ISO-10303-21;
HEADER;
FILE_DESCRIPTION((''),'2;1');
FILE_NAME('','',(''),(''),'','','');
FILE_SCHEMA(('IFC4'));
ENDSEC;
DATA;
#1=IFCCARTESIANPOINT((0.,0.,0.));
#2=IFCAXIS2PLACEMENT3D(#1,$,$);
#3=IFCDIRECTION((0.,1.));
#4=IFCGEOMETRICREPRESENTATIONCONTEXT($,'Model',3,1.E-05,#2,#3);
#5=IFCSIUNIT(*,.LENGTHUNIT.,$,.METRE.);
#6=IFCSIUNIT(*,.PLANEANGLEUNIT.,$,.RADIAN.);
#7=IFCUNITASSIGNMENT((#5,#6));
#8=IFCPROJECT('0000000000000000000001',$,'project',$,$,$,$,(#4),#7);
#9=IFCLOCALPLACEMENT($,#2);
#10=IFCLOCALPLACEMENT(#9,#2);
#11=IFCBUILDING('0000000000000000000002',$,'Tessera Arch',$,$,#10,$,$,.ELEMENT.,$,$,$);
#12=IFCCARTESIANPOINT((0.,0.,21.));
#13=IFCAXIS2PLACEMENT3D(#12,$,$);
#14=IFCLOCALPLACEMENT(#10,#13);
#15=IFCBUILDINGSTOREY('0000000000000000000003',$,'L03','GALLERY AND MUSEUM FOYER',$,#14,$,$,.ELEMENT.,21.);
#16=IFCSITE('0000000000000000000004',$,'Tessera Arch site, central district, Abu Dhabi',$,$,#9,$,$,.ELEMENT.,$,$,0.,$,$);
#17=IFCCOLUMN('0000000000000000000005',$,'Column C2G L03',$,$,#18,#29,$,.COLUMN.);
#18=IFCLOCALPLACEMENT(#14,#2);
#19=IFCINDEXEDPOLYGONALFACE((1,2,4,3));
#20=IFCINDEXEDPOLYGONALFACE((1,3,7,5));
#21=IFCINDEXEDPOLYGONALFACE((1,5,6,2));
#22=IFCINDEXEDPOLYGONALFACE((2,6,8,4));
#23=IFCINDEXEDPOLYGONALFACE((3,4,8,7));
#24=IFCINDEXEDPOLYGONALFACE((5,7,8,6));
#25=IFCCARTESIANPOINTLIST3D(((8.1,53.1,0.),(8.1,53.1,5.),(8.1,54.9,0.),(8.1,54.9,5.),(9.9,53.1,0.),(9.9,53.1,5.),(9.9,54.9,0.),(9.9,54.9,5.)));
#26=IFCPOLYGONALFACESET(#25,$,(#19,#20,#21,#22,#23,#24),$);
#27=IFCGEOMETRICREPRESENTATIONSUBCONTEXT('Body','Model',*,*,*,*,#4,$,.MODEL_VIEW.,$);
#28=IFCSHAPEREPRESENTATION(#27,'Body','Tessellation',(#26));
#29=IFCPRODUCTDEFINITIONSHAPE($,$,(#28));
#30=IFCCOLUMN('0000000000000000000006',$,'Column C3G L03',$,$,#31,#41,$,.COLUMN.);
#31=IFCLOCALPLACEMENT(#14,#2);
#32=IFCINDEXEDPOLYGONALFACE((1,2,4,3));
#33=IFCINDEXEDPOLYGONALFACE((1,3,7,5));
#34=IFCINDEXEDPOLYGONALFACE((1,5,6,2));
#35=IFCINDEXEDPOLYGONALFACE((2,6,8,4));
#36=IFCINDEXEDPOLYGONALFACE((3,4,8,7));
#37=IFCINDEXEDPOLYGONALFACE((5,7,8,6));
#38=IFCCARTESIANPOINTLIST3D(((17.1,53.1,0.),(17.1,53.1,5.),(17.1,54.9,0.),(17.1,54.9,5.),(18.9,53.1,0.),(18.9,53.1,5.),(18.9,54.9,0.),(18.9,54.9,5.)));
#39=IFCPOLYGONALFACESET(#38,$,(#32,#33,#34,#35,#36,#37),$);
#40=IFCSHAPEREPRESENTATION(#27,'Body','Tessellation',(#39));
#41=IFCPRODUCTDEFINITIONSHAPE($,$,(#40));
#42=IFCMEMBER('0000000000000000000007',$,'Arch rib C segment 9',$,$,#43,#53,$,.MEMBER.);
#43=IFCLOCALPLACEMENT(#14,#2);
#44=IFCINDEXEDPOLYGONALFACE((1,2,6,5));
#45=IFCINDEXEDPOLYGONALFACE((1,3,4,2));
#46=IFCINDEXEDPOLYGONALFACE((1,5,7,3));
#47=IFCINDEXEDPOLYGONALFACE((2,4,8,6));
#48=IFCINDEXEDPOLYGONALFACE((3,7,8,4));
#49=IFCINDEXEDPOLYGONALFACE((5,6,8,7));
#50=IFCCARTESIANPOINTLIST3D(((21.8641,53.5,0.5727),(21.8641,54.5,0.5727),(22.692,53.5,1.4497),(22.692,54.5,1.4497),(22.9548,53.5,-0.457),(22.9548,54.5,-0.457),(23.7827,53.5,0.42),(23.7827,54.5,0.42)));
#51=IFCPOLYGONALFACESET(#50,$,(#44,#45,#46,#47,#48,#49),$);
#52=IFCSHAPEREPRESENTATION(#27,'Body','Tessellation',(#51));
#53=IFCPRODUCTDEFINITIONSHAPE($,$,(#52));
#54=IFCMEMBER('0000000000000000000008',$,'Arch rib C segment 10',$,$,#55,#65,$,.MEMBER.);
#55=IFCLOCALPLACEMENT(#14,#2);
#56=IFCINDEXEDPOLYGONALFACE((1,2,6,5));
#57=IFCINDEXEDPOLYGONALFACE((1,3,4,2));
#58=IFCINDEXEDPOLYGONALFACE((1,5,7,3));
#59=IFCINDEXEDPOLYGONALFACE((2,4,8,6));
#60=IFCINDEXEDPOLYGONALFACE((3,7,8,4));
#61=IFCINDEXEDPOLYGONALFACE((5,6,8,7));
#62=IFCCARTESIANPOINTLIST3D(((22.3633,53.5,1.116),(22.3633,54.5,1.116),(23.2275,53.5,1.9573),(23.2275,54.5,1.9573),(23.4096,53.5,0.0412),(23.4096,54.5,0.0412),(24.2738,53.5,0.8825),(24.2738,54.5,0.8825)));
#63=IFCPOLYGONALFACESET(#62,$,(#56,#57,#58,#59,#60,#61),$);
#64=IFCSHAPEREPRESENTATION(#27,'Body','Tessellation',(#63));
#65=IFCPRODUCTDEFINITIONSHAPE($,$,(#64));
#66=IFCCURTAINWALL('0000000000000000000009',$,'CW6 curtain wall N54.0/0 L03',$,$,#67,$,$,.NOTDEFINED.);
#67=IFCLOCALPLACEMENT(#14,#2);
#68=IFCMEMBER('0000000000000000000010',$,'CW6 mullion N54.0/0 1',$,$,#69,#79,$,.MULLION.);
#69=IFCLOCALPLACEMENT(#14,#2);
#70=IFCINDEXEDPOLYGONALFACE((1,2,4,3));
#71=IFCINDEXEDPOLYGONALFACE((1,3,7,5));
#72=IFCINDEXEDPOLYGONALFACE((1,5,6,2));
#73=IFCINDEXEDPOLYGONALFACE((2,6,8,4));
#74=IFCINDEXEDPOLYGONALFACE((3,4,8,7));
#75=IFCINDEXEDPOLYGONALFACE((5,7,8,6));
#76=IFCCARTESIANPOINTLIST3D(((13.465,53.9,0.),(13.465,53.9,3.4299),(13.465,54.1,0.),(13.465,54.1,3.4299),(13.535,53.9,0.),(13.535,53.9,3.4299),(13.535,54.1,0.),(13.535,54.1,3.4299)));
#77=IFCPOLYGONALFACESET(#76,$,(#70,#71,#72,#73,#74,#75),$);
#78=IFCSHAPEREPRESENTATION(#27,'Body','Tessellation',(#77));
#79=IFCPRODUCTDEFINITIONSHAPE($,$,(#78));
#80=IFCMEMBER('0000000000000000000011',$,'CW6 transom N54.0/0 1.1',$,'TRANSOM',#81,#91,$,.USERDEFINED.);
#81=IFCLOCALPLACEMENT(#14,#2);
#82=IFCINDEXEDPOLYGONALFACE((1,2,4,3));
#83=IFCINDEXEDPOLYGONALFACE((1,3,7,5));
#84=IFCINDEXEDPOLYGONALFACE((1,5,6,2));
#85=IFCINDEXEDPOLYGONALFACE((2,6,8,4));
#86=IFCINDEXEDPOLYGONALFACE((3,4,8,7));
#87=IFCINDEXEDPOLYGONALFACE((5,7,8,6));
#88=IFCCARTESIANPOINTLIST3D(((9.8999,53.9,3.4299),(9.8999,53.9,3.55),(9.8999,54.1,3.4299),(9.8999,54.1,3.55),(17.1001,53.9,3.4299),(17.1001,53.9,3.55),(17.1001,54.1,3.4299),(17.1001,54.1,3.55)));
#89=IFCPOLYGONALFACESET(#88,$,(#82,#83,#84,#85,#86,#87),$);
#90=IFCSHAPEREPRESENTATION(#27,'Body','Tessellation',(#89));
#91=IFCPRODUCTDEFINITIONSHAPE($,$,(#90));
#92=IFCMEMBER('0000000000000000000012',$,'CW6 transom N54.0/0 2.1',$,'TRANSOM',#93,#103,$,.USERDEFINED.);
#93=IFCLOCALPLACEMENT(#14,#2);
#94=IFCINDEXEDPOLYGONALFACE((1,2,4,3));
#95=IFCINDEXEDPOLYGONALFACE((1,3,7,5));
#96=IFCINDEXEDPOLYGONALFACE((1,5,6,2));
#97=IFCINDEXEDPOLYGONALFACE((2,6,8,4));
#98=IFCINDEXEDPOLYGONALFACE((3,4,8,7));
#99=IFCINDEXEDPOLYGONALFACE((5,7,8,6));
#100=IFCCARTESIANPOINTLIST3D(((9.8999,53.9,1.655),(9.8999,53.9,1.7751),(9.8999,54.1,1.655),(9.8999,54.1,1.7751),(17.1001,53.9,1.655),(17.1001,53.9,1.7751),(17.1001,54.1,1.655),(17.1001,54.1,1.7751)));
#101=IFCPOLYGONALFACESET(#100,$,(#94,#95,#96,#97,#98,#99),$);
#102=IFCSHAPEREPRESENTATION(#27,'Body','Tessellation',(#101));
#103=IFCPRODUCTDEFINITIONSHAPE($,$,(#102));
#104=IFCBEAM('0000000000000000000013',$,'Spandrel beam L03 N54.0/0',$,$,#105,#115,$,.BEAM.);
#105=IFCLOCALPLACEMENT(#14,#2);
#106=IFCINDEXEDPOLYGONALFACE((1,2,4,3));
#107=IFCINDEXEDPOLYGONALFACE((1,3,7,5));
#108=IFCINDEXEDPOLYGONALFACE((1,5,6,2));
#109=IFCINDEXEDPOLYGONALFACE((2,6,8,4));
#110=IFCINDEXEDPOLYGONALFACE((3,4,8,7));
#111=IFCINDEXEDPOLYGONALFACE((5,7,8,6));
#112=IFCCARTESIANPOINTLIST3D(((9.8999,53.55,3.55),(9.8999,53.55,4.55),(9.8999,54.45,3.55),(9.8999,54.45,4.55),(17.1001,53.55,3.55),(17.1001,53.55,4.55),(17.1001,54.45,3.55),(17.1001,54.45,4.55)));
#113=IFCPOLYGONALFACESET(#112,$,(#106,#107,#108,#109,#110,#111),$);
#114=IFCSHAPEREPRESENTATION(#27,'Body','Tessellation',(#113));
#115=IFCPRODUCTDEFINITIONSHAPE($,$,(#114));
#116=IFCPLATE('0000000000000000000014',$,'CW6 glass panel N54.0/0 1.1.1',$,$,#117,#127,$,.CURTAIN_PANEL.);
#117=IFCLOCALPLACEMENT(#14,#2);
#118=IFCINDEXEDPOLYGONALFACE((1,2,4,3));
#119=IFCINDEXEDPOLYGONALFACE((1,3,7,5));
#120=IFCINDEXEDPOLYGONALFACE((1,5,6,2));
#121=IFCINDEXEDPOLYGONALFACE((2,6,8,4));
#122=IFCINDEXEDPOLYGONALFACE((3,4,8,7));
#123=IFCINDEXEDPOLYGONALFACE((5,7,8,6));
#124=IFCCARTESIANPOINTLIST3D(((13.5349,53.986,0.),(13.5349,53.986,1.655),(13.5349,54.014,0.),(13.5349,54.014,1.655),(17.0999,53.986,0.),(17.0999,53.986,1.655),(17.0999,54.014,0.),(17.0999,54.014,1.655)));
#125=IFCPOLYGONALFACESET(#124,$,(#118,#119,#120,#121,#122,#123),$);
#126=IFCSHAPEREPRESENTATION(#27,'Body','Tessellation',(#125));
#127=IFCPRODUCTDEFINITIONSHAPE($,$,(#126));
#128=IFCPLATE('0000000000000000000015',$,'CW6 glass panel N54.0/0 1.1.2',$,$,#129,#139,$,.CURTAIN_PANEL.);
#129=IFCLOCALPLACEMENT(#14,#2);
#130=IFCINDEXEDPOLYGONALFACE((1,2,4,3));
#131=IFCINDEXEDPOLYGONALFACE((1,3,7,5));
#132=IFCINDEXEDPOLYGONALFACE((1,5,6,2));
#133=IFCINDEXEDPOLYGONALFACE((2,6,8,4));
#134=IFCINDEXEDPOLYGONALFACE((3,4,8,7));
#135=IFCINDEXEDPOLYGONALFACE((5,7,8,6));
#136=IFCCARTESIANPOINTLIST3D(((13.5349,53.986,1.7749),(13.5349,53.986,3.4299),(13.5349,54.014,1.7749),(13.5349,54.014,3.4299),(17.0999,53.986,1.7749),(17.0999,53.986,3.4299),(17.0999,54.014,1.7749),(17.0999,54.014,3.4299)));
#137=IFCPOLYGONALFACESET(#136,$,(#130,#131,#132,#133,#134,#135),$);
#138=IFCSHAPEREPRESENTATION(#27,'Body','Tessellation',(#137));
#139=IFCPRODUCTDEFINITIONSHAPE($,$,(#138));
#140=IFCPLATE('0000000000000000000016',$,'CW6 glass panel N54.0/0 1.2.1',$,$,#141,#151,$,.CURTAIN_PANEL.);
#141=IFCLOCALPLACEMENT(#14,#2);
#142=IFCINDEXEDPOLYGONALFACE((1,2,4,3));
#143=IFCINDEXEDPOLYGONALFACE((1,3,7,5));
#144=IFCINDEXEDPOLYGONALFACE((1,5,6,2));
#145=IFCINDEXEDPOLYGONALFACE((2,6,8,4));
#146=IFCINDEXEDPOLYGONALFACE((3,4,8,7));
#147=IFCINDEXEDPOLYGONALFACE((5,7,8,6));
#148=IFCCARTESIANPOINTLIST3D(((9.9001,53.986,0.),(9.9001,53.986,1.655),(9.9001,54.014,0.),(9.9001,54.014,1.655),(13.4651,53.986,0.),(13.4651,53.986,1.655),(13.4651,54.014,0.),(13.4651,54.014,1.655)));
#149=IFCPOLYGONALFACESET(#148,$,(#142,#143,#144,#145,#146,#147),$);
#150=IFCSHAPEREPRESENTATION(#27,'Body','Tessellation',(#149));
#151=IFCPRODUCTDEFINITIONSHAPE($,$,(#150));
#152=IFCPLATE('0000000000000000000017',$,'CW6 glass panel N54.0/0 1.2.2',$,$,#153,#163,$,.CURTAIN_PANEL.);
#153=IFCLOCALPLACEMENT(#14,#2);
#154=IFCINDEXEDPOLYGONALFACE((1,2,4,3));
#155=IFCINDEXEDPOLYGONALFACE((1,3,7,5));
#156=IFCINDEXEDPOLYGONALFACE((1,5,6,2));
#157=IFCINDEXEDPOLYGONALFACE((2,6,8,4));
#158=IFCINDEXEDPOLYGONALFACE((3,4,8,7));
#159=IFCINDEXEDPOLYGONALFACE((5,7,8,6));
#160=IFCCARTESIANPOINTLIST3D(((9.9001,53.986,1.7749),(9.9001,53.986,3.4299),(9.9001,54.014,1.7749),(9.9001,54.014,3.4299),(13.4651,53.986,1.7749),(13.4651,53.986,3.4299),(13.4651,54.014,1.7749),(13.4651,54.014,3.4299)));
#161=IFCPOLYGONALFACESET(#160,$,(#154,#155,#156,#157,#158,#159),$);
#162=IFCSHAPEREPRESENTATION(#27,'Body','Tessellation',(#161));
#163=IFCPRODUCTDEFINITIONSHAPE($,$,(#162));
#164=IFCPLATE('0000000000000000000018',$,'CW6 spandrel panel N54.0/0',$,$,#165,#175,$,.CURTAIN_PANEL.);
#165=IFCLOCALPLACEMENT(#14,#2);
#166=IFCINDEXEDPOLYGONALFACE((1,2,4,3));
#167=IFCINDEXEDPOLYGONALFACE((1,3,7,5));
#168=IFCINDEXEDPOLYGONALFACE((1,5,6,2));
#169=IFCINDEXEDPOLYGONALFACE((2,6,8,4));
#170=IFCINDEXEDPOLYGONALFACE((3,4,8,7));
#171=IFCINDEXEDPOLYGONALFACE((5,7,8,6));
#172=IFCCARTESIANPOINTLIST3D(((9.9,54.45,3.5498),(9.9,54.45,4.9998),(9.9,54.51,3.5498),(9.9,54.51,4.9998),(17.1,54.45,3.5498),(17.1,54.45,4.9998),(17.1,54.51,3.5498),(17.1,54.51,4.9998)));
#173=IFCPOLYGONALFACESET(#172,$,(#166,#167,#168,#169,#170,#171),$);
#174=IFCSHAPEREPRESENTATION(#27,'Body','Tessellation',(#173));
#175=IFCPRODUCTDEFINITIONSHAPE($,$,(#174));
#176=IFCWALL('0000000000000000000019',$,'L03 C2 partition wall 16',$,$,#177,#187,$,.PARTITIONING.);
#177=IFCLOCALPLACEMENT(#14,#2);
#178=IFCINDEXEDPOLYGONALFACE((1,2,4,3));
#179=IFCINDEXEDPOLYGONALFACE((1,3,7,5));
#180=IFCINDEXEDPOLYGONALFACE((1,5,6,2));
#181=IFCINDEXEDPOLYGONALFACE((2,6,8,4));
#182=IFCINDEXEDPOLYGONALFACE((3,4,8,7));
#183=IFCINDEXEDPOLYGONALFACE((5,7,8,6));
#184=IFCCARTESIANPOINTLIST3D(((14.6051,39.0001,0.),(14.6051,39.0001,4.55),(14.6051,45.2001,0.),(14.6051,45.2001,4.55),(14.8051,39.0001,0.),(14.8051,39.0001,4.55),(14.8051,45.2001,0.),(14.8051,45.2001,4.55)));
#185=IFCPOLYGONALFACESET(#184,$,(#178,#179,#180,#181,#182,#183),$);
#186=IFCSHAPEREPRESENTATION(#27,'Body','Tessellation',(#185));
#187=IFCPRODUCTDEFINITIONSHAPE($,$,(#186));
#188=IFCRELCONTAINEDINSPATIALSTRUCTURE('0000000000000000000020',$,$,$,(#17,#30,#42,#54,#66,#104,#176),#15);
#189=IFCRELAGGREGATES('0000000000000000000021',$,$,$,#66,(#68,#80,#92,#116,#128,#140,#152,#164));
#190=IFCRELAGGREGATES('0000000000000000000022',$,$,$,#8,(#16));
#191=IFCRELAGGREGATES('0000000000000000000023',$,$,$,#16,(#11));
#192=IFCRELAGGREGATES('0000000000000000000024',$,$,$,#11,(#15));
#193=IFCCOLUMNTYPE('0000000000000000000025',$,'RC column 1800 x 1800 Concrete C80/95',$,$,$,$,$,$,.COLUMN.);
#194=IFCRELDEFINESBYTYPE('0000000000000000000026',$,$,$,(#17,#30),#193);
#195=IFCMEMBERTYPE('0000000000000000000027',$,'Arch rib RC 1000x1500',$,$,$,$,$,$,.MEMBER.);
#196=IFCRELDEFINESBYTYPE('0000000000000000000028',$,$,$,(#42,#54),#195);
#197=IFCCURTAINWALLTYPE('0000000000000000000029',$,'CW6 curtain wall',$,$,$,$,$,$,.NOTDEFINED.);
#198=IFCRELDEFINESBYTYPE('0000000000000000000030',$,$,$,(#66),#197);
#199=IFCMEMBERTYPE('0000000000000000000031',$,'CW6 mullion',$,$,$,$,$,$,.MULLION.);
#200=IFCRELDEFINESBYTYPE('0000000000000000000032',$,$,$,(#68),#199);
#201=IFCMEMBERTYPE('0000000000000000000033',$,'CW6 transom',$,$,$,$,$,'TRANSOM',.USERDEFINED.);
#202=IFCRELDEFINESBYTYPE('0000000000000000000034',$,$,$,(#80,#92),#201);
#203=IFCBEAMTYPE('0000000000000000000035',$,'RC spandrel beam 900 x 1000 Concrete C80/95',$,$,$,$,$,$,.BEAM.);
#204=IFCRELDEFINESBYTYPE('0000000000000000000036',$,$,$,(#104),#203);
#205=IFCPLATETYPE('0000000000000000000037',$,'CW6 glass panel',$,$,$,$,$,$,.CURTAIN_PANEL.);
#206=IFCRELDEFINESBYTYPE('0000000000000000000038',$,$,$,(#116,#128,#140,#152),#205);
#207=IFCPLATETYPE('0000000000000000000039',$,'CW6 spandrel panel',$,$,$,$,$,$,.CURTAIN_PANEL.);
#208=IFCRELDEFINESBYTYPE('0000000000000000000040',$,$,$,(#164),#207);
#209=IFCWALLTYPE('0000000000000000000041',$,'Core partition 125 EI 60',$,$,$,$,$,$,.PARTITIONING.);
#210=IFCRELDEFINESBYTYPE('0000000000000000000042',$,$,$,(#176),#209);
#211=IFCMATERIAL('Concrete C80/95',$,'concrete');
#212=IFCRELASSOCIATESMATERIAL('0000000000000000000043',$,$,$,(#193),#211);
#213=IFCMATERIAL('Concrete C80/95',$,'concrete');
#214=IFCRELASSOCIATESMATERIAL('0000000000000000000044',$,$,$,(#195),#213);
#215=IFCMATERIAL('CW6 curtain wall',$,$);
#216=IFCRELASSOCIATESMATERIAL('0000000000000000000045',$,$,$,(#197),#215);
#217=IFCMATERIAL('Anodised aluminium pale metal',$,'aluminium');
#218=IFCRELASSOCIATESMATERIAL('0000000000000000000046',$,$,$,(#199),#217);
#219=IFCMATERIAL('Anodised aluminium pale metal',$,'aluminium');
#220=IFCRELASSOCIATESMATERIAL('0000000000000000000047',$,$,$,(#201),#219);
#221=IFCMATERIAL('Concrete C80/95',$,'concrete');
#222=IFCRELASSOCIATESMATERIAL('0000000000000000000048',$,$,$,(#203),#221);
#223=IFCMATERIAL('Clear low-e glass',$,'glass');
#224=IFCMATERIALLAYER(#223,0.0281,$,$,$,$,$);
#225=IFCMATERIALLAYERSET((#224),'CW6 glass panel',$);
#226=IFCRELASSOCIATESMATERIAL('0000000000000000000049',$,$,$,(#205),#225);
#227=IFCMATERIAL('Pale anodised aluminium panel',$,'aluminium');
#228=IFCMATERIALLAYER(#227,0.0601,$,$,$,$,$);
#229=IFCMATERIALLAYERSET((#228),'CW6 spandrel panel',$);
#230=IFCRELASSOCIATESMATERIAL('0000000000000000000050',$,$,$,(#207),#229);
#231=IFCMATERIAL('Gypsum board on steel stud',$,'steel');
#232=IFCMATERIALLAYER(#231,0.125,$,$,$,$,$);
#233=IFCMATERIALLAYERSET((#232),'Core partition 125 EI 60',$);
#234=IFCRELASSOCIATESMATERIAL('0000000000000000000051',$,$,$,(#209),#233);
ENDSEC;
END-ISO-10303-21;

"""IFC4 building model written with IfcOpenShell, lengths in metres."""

from ifc_helpers import new_model, si_unit, direction, frame, frame_2d, origin, origin_2d, place, context, subcontext, project, spatial, rectangle, extrude, material, layer, layer_set, material_profile, profile_set, type_object, element, aggregate, save


model = new_model("IFC4")

# Units and contexts
model_context = context("Model", 3, precision=1e-05, world=origin(), true_north=direction((0.0, 1.0)))
body_context = subcontext(model_context, "Body", "Model", "MODEL_VIEW")
ifc_project = project(units=[si_unit("LENGTHUNIT", "METRE"), si_unit("PLANEANGLEUNIT", "RADIAN")], contexts=[model_context])

# Site, building, storey
site_placement = place(None, origin())
site = spatial("IfcSite", under=ifc_project, at=site_placement, Name="Tessera Arch site, central district, Abu Dhabi", CompositionType="ELEMENT", RefElevation=0.0)
building_placement = place(site_placement, origin())
building = spatial("IfcBuilding", under=site, at=building_placement, Name="Tessera Arch", CompositionType="ELEMENT")
storey_placement = place(building_placement, frame((0.0, 0.0, 21.0)))
storey = spatial("IfcBuildingStorey", under=building, at=storey_placement, Name="L03", Description="GALLERY AND MUSEUM FOYER", CompositionType="ELEMENT", Elevation=21.0)

# Columns
ifc_material_1 = material(Name="Concrete C80/95", Category="concrete")
ifc_material_profile_1 = material_profile(ifc_material_1, rectangle(XDim=1.8, YDim=1.8, at=origin_2d()), Name="RC column 1800 x 1800 Concrete C80/95")
ifc_profile_set_1 = profile_set([ifc_material_profile_1], Name="Concrete C80/95")
column_type = type_object("IfcColumnType", Name="RC column 1800 x 1800 Concrete C80/95", PredefinedType="COLUMN", material=ifc_profile_set_1)
for number, where, z_axis, x_axis, name in (
    (1, (9.0, 54.0, 0.0), (0.0, 0.0, 1.0), (1.0, 0.0, 0.0), "Column C2G L03"),
    (2, (18.0, 54.0, 0.0), (0.0, 0.0, 1.0), (1.0, 0.0, 0.0), "Column C3G L03"),
):
    element("IfcColumn", number, at=place(storey_placement, frame(where, z_axis=z_axis, x_axis=x_axis)), inside=storey, type_object=column_type, Name=name, PredefinedType="COLUMN", context=body_context, shape_type="SweptSolid", body=[
        extrude(rectangle(XDim=1.8, YDim=1.8, at=origin_2d()), origin(), (0.0, 0.0, 1.0), 5.0),
    ])

# Members
ifc_material_2 = material(Name="Concrete C80/95", Category="concrete")
ifc_material_profile_2 = material_profile(ifc_material_2, rectangle(XDim=1.0, YDim=1.5, at=origin_2d()), Name="RC 1000x1500")
ifc_profile_set_2 = profile_set([ifc_material_profile_2], Name="Concrete C80/95")
member_type_1 = type_object("IfcMemberType", Name="Arch rib RC 1000x1500", PredefinedType="MEMBER", material=ifc_profile_set_2)
for number, where, z_axis, x_axis, name in (
    (3, (22.4094, 54.0, 0.0579), (0.686469, 0.0, 0.727159), (0.0, 1.0, 0.0), "Arch rib C segment 9"),
    (4, (22.8865, 54.0, 0.5786), (0.716556, 0.0, 0.697529), (0.0, 1.0, 0.0), "Arch rib C segment 10"),
):
    element("IfcMember", number, at=place(storey_placement, frame(where, z_axis=z_axis, x_axis=x_axis)), inside=storey, type_object=member_type_1, Name=name, PredefinedType="MEMBER", context=body_context, shape_type="SweptSolid", body=[
        extrude(rectangle(XDim=1.0, YDim=1.5, at=origin_2d()), origin(), (0.0, 0.0, 1.0), 1.2061),
    ])

# Curtain wall, members
ifc_material_3 = material(Name="CW6 curtain wall")
curtain_wall_type = type_object("IfcCurtainWallType", Name="CW6 curtain wall", PredefinedType="NOTDEFINED", material=ifc_material_3)
curtain_wall_placement = place(storey_placement, origin())
curtain_wall = element("IfcCurtainWall", 5, at=curtain_wall_placement, inside=storey, type_object=curtain_wall_type, Name="CW6 curtain wall N54.0/0 L03", PredefinedType="NOTDEFINED")
ifc_material_4 = material(Name="Anodised aluminium pale metal", Category="aluminium")
ifc_material_profile_3 = material_profile(ifc_material_4, rectangle(XDim=0.2, YDim=0.0701, at=origin_2d()), Name="AL 70x200")
ifc_profile_set_3 = profile_set([ifc_material_profile_3], Name="Anodised aluminium pale metal")
member_type_2 = type_object("IfcMemberType", Name="CW6 mullion", PredefinedType="MULLION", material=ifc_profile_set_3)
member_1_placement = place(storey_placement, frame((13.5, 54.0, 0.0), z_axis=(0.0, 0.0, 1.0), x_axis=(0.0, -1.0, 0.0)))
member_1 = element("IfcMember", 6, at=member_1_placement, type_object=member_type_2, Name="CW6 mullion N54.0/0 1", PredefinedType="MULLION", context=body_context, shape_type="SweptSolid", body=[
    extrude(rectangle(XDim=0.2, YDim=0.0701, at=origin_2d()), origin(), (0.0, 0.0, 1.0), 3.4299),
])
ifc_material_5 = material(Name="Anodised aluminium pale metal", Category="aluminium")
ifc_material_profile_4 = material_profile(ifc_material_5, rectangle(XDim=0.2, YDim=0.1201, at=origin_2d()), Name="AL 200x120")
ifc_profile_set_4 = profile_set([ifc_material_profile_4], Name="Anodised aluminium pale metal")
member_type_3 = type_object("IfcMemberType", Name="CW6 transom", ElementType="TRANSOM", PredefinedType="USERDEFINED", material=ifc_profile_set_4)
member_2_placement = place(storey_placement, frame((17.1001, 54.0, 3.49), z_axis=(-1.0, 0.0, 0.0), x_axis=(0.0, -1.0, 0.0)))
member_2 = element("IfcMember", 7, at=member_2_placement, type_object=member_type_3, Name="CW6 transom N54.0/0 1.1", ObjectType="TRANSOM", PredefinedType="USERDEFINED", context=body_context, shape_type="SweptSolid", body=[
    extrude(rectangle(XDim=0.2, YDim=0.1201, at=origin_2d()), origin(), (0.0, 0.0, 1.0), 7.2002),
])
member_3_placement = place(storey_placement, frame((17.1001, 54.0, 1.7151), z_axis=(-1.0, 0.0, 0.0), x_axis=(0.0, -1.0, 0.0)))
member_3 = element("IfcMember", 8, at=member_3_placement, type_object=member_type_3, Name="CW6 transom N54.0/0 2.1", ObjectType="TRANSOM", PredefinedType="USERDEFINED", context=body_context, shape_type="SweptSolid", body=[
    extrude(rectangle(XDim=0.2, YDim=0.1201, at=origin_2d()), origin(), (0.0, 0.0, 1.0), 7.2002),
])

# Beam
ifc_material_6 = material(Name="Concrete C80/95", Category="concrete")
ifc_material_profile_5 = material_profile(ifc_material_6, rectangle(XDim=0.8999, YDim=1.0, at=origin_2d()), Name="RC spandrel beam 900 x 1000 Concrete C80/95")
ifc_profile_set_5 = profile_set([ifc_material_profile_5], Name="Concrete C80/95")
beam_type = type_object("IfcBeamType", Name="RC spandrel beam 900 x 1000 Concrete C80/95", PredefinedType="BEAM", material=ifc_profile_set_5)
beam_placement = place(storey_placement, frame((17.1001, 54.0, 4.05), z_axis=(-1.0, 0.0, 0.0), x_axis=(0.0, -1.0, 0.0)))
element("IfcBeam", 9, at=beam_placement, inside=storey, type_object=beam_type, Name="Spandrel beam L03 N54.0/0", PredefinedType="BEAM", context=body_context, shape_type="SweptSolid", body=[
    extrude(rectangle(XDim=0.8999, YDim=1.0, at=origin_2d()), origin(), (0.0, 0.0, 1.0), 7.2002),
])

# Plates
ifc_material_7 = material(Name="Clear low-e glass", Category="glass")
ifc_layer_1 = layer(ifc_material_7, 0.0281)
ifc_layer_set_1 = layer_set([ifc_layer_1], Name="CW6 glass panel")
plate_type_1 = type_object("IfcPlateType", Name="CW6 glass panel", PredefinedType="CURTAIN_PANEL", material=ifc_layer_set_1)
plate_1_placement = place(storey_placement, frame((15.3174, 54.0, 0.0), z_axis=(0.0, 0.0, 1.0), x_axis=(-1.0, 0.0, 0.0)))
plate_1 = element("IfcPlate", 10, at=plate_1_placement, type_object=plate_type_1, Name="CW6 glass panel N54.0/0 1.1.1", PredefinedType="CURTAIN_PANEL", context=body_context, shape_type="SweptSolid", body=[
    extrude(rectangle(XDim=3.5649, YDim=0.0281, at=origin_2d()), origin(), (0.0, 0.0, 1.0), 1.655),
])
plate_2_placement = place(storey_placement, frame((15.3174, 54.0, 1.7749), z_axis=(0.0, 0.0, 1.0), x_axis=(-1.0, 0.0, 0.0)))
plate_2 = element("IfcPlate", 11, at=plate_2_placement, type_object=plate_type_1, Name="CW6 glass panel N54.0/0 1.1.2", PredefinedType="CURTAIN_PANEL", context=body_context, shape_type="SweptSolid", body=[
    extrude(rectangle(XDim=3.5649, YDim=0.0281, at=origin_2d()), origin(), (0.0, 0.0, 1.0), 1.655),
])
plate_3_placement = place(storey_placement, frame((11.6826, 54.0, 0.0), z_axis=(0.0, 0.0, 1.0), x_axis=(-1.0, 0.0, 0.0)))
plate_3 = element("IfcPlate", 12, at=plate_3_placement, type_object=plate_type_1, Name="CW6 glass panel N54.0/0 1.2.1", PredefinedType="CURTAIN_PANEL", context=body_context, shape_type="SweptSolid", body=[
    extrude(rectangle(XDim=3.5649, YDim=0.0281, at=origin_2d()), origin(), (0.0, 0.0, 1.0), 1.655),
])
plate_4_placement = place(storey_placement, frame((11.6826, 54.0, 1.7749), z_axis=(0.0, 0.0, 1.0), x_axis=(-1.0, 0.0, 0.0)))
plate_4 = element("IfcPlate", 13, at=plate_4_placement, type_object=plate_type_1, Name="CW6 glass panel N54.0/0 1.2.2", PredefinedType="CURTAIN_PANEL", context=body_context, shape_type="SweptSolid", body=[
    extrude(rectangle(XDim=3.5649, YDim=0.0281, at=origin_2d()), origin(), (0.0, 0.0, 1.0), 1.655),
])
ifc_material_8 = material(Name="Pale anodised aluminium panel", Category="aluminium")
ifc_layer_2 = layer(ifc_material_8, 0.0601)
ifc_layer_set_2 = layer_set([ifc_layer_2], Name="CW6 spandrel panel")
plate_type_2 = type_object("IfcPlateType", Name="CW6 spandrel panel", PredefinedType="CURTAIN_PANEL", material=ifc_layer_set_2)
plate_5_placement = place(storey_placement, frame((13.5, 54.48, 3.5498), z_axis=(0.0, 0.0, 1.0), x_axis=(-1.0, 0.0, 0.0)))
plate_5 = element("IfcPlate", 14, at=plate_5_placement, type_object=plate_type_2, Name="CW6 spandrel panel N54.0/0", PredefinedType="CURTAIN_PANEL", context=body_context, shape_type="SweptSolid", body=[
    extrude(rectangle(XDim=7.2, YDim=0.0601, at=origin_2d()), origin(), (0.0, 0.0, 1.0), 1.45),
])
aggregate(curtain_wall, [member_1, member_2, member_3, plate_1, plate_2, plate_3, plate_4, plate_5])

# Wall
ifc_material_9 = material(Name="Gypsum board on steel stud", Category="steel")
ifc_layer_3 = layer(ifc_material_9, 0.125)
ifc_layer_set_3 = layer_set([ifc_layer_3], Name="Core partition 125 EI 60")
wall_type_1 = type_object("IfcWallType", Name="Core partition 125 EI 60", PredefinedType="PARTITIONING", material=ifc_layer_set_3)
wall_1_placement = place(storey_placement, frame((14.7051, 39.0, 0.0), z_axis=(0.0, 0.0, 1.0), x_axis=(0.0, 1.0, 0.0)))
element("IfcWall", 15, at=wall_1_placement, inside=storey, type_object=wall_type_1, Name="L03 C2 partition wall 16", PredefinedType="PARTITIONING", context=body_context, shape_type="SweptSolid", body=[
    extrude(rectangle(XDim=6.2, YDim=0.2, at=frame_2d((3.1001, 0.0))), origin(), (0.0, 0.0, 1.0), 4.55),
])

save(model, "model.ifc")
